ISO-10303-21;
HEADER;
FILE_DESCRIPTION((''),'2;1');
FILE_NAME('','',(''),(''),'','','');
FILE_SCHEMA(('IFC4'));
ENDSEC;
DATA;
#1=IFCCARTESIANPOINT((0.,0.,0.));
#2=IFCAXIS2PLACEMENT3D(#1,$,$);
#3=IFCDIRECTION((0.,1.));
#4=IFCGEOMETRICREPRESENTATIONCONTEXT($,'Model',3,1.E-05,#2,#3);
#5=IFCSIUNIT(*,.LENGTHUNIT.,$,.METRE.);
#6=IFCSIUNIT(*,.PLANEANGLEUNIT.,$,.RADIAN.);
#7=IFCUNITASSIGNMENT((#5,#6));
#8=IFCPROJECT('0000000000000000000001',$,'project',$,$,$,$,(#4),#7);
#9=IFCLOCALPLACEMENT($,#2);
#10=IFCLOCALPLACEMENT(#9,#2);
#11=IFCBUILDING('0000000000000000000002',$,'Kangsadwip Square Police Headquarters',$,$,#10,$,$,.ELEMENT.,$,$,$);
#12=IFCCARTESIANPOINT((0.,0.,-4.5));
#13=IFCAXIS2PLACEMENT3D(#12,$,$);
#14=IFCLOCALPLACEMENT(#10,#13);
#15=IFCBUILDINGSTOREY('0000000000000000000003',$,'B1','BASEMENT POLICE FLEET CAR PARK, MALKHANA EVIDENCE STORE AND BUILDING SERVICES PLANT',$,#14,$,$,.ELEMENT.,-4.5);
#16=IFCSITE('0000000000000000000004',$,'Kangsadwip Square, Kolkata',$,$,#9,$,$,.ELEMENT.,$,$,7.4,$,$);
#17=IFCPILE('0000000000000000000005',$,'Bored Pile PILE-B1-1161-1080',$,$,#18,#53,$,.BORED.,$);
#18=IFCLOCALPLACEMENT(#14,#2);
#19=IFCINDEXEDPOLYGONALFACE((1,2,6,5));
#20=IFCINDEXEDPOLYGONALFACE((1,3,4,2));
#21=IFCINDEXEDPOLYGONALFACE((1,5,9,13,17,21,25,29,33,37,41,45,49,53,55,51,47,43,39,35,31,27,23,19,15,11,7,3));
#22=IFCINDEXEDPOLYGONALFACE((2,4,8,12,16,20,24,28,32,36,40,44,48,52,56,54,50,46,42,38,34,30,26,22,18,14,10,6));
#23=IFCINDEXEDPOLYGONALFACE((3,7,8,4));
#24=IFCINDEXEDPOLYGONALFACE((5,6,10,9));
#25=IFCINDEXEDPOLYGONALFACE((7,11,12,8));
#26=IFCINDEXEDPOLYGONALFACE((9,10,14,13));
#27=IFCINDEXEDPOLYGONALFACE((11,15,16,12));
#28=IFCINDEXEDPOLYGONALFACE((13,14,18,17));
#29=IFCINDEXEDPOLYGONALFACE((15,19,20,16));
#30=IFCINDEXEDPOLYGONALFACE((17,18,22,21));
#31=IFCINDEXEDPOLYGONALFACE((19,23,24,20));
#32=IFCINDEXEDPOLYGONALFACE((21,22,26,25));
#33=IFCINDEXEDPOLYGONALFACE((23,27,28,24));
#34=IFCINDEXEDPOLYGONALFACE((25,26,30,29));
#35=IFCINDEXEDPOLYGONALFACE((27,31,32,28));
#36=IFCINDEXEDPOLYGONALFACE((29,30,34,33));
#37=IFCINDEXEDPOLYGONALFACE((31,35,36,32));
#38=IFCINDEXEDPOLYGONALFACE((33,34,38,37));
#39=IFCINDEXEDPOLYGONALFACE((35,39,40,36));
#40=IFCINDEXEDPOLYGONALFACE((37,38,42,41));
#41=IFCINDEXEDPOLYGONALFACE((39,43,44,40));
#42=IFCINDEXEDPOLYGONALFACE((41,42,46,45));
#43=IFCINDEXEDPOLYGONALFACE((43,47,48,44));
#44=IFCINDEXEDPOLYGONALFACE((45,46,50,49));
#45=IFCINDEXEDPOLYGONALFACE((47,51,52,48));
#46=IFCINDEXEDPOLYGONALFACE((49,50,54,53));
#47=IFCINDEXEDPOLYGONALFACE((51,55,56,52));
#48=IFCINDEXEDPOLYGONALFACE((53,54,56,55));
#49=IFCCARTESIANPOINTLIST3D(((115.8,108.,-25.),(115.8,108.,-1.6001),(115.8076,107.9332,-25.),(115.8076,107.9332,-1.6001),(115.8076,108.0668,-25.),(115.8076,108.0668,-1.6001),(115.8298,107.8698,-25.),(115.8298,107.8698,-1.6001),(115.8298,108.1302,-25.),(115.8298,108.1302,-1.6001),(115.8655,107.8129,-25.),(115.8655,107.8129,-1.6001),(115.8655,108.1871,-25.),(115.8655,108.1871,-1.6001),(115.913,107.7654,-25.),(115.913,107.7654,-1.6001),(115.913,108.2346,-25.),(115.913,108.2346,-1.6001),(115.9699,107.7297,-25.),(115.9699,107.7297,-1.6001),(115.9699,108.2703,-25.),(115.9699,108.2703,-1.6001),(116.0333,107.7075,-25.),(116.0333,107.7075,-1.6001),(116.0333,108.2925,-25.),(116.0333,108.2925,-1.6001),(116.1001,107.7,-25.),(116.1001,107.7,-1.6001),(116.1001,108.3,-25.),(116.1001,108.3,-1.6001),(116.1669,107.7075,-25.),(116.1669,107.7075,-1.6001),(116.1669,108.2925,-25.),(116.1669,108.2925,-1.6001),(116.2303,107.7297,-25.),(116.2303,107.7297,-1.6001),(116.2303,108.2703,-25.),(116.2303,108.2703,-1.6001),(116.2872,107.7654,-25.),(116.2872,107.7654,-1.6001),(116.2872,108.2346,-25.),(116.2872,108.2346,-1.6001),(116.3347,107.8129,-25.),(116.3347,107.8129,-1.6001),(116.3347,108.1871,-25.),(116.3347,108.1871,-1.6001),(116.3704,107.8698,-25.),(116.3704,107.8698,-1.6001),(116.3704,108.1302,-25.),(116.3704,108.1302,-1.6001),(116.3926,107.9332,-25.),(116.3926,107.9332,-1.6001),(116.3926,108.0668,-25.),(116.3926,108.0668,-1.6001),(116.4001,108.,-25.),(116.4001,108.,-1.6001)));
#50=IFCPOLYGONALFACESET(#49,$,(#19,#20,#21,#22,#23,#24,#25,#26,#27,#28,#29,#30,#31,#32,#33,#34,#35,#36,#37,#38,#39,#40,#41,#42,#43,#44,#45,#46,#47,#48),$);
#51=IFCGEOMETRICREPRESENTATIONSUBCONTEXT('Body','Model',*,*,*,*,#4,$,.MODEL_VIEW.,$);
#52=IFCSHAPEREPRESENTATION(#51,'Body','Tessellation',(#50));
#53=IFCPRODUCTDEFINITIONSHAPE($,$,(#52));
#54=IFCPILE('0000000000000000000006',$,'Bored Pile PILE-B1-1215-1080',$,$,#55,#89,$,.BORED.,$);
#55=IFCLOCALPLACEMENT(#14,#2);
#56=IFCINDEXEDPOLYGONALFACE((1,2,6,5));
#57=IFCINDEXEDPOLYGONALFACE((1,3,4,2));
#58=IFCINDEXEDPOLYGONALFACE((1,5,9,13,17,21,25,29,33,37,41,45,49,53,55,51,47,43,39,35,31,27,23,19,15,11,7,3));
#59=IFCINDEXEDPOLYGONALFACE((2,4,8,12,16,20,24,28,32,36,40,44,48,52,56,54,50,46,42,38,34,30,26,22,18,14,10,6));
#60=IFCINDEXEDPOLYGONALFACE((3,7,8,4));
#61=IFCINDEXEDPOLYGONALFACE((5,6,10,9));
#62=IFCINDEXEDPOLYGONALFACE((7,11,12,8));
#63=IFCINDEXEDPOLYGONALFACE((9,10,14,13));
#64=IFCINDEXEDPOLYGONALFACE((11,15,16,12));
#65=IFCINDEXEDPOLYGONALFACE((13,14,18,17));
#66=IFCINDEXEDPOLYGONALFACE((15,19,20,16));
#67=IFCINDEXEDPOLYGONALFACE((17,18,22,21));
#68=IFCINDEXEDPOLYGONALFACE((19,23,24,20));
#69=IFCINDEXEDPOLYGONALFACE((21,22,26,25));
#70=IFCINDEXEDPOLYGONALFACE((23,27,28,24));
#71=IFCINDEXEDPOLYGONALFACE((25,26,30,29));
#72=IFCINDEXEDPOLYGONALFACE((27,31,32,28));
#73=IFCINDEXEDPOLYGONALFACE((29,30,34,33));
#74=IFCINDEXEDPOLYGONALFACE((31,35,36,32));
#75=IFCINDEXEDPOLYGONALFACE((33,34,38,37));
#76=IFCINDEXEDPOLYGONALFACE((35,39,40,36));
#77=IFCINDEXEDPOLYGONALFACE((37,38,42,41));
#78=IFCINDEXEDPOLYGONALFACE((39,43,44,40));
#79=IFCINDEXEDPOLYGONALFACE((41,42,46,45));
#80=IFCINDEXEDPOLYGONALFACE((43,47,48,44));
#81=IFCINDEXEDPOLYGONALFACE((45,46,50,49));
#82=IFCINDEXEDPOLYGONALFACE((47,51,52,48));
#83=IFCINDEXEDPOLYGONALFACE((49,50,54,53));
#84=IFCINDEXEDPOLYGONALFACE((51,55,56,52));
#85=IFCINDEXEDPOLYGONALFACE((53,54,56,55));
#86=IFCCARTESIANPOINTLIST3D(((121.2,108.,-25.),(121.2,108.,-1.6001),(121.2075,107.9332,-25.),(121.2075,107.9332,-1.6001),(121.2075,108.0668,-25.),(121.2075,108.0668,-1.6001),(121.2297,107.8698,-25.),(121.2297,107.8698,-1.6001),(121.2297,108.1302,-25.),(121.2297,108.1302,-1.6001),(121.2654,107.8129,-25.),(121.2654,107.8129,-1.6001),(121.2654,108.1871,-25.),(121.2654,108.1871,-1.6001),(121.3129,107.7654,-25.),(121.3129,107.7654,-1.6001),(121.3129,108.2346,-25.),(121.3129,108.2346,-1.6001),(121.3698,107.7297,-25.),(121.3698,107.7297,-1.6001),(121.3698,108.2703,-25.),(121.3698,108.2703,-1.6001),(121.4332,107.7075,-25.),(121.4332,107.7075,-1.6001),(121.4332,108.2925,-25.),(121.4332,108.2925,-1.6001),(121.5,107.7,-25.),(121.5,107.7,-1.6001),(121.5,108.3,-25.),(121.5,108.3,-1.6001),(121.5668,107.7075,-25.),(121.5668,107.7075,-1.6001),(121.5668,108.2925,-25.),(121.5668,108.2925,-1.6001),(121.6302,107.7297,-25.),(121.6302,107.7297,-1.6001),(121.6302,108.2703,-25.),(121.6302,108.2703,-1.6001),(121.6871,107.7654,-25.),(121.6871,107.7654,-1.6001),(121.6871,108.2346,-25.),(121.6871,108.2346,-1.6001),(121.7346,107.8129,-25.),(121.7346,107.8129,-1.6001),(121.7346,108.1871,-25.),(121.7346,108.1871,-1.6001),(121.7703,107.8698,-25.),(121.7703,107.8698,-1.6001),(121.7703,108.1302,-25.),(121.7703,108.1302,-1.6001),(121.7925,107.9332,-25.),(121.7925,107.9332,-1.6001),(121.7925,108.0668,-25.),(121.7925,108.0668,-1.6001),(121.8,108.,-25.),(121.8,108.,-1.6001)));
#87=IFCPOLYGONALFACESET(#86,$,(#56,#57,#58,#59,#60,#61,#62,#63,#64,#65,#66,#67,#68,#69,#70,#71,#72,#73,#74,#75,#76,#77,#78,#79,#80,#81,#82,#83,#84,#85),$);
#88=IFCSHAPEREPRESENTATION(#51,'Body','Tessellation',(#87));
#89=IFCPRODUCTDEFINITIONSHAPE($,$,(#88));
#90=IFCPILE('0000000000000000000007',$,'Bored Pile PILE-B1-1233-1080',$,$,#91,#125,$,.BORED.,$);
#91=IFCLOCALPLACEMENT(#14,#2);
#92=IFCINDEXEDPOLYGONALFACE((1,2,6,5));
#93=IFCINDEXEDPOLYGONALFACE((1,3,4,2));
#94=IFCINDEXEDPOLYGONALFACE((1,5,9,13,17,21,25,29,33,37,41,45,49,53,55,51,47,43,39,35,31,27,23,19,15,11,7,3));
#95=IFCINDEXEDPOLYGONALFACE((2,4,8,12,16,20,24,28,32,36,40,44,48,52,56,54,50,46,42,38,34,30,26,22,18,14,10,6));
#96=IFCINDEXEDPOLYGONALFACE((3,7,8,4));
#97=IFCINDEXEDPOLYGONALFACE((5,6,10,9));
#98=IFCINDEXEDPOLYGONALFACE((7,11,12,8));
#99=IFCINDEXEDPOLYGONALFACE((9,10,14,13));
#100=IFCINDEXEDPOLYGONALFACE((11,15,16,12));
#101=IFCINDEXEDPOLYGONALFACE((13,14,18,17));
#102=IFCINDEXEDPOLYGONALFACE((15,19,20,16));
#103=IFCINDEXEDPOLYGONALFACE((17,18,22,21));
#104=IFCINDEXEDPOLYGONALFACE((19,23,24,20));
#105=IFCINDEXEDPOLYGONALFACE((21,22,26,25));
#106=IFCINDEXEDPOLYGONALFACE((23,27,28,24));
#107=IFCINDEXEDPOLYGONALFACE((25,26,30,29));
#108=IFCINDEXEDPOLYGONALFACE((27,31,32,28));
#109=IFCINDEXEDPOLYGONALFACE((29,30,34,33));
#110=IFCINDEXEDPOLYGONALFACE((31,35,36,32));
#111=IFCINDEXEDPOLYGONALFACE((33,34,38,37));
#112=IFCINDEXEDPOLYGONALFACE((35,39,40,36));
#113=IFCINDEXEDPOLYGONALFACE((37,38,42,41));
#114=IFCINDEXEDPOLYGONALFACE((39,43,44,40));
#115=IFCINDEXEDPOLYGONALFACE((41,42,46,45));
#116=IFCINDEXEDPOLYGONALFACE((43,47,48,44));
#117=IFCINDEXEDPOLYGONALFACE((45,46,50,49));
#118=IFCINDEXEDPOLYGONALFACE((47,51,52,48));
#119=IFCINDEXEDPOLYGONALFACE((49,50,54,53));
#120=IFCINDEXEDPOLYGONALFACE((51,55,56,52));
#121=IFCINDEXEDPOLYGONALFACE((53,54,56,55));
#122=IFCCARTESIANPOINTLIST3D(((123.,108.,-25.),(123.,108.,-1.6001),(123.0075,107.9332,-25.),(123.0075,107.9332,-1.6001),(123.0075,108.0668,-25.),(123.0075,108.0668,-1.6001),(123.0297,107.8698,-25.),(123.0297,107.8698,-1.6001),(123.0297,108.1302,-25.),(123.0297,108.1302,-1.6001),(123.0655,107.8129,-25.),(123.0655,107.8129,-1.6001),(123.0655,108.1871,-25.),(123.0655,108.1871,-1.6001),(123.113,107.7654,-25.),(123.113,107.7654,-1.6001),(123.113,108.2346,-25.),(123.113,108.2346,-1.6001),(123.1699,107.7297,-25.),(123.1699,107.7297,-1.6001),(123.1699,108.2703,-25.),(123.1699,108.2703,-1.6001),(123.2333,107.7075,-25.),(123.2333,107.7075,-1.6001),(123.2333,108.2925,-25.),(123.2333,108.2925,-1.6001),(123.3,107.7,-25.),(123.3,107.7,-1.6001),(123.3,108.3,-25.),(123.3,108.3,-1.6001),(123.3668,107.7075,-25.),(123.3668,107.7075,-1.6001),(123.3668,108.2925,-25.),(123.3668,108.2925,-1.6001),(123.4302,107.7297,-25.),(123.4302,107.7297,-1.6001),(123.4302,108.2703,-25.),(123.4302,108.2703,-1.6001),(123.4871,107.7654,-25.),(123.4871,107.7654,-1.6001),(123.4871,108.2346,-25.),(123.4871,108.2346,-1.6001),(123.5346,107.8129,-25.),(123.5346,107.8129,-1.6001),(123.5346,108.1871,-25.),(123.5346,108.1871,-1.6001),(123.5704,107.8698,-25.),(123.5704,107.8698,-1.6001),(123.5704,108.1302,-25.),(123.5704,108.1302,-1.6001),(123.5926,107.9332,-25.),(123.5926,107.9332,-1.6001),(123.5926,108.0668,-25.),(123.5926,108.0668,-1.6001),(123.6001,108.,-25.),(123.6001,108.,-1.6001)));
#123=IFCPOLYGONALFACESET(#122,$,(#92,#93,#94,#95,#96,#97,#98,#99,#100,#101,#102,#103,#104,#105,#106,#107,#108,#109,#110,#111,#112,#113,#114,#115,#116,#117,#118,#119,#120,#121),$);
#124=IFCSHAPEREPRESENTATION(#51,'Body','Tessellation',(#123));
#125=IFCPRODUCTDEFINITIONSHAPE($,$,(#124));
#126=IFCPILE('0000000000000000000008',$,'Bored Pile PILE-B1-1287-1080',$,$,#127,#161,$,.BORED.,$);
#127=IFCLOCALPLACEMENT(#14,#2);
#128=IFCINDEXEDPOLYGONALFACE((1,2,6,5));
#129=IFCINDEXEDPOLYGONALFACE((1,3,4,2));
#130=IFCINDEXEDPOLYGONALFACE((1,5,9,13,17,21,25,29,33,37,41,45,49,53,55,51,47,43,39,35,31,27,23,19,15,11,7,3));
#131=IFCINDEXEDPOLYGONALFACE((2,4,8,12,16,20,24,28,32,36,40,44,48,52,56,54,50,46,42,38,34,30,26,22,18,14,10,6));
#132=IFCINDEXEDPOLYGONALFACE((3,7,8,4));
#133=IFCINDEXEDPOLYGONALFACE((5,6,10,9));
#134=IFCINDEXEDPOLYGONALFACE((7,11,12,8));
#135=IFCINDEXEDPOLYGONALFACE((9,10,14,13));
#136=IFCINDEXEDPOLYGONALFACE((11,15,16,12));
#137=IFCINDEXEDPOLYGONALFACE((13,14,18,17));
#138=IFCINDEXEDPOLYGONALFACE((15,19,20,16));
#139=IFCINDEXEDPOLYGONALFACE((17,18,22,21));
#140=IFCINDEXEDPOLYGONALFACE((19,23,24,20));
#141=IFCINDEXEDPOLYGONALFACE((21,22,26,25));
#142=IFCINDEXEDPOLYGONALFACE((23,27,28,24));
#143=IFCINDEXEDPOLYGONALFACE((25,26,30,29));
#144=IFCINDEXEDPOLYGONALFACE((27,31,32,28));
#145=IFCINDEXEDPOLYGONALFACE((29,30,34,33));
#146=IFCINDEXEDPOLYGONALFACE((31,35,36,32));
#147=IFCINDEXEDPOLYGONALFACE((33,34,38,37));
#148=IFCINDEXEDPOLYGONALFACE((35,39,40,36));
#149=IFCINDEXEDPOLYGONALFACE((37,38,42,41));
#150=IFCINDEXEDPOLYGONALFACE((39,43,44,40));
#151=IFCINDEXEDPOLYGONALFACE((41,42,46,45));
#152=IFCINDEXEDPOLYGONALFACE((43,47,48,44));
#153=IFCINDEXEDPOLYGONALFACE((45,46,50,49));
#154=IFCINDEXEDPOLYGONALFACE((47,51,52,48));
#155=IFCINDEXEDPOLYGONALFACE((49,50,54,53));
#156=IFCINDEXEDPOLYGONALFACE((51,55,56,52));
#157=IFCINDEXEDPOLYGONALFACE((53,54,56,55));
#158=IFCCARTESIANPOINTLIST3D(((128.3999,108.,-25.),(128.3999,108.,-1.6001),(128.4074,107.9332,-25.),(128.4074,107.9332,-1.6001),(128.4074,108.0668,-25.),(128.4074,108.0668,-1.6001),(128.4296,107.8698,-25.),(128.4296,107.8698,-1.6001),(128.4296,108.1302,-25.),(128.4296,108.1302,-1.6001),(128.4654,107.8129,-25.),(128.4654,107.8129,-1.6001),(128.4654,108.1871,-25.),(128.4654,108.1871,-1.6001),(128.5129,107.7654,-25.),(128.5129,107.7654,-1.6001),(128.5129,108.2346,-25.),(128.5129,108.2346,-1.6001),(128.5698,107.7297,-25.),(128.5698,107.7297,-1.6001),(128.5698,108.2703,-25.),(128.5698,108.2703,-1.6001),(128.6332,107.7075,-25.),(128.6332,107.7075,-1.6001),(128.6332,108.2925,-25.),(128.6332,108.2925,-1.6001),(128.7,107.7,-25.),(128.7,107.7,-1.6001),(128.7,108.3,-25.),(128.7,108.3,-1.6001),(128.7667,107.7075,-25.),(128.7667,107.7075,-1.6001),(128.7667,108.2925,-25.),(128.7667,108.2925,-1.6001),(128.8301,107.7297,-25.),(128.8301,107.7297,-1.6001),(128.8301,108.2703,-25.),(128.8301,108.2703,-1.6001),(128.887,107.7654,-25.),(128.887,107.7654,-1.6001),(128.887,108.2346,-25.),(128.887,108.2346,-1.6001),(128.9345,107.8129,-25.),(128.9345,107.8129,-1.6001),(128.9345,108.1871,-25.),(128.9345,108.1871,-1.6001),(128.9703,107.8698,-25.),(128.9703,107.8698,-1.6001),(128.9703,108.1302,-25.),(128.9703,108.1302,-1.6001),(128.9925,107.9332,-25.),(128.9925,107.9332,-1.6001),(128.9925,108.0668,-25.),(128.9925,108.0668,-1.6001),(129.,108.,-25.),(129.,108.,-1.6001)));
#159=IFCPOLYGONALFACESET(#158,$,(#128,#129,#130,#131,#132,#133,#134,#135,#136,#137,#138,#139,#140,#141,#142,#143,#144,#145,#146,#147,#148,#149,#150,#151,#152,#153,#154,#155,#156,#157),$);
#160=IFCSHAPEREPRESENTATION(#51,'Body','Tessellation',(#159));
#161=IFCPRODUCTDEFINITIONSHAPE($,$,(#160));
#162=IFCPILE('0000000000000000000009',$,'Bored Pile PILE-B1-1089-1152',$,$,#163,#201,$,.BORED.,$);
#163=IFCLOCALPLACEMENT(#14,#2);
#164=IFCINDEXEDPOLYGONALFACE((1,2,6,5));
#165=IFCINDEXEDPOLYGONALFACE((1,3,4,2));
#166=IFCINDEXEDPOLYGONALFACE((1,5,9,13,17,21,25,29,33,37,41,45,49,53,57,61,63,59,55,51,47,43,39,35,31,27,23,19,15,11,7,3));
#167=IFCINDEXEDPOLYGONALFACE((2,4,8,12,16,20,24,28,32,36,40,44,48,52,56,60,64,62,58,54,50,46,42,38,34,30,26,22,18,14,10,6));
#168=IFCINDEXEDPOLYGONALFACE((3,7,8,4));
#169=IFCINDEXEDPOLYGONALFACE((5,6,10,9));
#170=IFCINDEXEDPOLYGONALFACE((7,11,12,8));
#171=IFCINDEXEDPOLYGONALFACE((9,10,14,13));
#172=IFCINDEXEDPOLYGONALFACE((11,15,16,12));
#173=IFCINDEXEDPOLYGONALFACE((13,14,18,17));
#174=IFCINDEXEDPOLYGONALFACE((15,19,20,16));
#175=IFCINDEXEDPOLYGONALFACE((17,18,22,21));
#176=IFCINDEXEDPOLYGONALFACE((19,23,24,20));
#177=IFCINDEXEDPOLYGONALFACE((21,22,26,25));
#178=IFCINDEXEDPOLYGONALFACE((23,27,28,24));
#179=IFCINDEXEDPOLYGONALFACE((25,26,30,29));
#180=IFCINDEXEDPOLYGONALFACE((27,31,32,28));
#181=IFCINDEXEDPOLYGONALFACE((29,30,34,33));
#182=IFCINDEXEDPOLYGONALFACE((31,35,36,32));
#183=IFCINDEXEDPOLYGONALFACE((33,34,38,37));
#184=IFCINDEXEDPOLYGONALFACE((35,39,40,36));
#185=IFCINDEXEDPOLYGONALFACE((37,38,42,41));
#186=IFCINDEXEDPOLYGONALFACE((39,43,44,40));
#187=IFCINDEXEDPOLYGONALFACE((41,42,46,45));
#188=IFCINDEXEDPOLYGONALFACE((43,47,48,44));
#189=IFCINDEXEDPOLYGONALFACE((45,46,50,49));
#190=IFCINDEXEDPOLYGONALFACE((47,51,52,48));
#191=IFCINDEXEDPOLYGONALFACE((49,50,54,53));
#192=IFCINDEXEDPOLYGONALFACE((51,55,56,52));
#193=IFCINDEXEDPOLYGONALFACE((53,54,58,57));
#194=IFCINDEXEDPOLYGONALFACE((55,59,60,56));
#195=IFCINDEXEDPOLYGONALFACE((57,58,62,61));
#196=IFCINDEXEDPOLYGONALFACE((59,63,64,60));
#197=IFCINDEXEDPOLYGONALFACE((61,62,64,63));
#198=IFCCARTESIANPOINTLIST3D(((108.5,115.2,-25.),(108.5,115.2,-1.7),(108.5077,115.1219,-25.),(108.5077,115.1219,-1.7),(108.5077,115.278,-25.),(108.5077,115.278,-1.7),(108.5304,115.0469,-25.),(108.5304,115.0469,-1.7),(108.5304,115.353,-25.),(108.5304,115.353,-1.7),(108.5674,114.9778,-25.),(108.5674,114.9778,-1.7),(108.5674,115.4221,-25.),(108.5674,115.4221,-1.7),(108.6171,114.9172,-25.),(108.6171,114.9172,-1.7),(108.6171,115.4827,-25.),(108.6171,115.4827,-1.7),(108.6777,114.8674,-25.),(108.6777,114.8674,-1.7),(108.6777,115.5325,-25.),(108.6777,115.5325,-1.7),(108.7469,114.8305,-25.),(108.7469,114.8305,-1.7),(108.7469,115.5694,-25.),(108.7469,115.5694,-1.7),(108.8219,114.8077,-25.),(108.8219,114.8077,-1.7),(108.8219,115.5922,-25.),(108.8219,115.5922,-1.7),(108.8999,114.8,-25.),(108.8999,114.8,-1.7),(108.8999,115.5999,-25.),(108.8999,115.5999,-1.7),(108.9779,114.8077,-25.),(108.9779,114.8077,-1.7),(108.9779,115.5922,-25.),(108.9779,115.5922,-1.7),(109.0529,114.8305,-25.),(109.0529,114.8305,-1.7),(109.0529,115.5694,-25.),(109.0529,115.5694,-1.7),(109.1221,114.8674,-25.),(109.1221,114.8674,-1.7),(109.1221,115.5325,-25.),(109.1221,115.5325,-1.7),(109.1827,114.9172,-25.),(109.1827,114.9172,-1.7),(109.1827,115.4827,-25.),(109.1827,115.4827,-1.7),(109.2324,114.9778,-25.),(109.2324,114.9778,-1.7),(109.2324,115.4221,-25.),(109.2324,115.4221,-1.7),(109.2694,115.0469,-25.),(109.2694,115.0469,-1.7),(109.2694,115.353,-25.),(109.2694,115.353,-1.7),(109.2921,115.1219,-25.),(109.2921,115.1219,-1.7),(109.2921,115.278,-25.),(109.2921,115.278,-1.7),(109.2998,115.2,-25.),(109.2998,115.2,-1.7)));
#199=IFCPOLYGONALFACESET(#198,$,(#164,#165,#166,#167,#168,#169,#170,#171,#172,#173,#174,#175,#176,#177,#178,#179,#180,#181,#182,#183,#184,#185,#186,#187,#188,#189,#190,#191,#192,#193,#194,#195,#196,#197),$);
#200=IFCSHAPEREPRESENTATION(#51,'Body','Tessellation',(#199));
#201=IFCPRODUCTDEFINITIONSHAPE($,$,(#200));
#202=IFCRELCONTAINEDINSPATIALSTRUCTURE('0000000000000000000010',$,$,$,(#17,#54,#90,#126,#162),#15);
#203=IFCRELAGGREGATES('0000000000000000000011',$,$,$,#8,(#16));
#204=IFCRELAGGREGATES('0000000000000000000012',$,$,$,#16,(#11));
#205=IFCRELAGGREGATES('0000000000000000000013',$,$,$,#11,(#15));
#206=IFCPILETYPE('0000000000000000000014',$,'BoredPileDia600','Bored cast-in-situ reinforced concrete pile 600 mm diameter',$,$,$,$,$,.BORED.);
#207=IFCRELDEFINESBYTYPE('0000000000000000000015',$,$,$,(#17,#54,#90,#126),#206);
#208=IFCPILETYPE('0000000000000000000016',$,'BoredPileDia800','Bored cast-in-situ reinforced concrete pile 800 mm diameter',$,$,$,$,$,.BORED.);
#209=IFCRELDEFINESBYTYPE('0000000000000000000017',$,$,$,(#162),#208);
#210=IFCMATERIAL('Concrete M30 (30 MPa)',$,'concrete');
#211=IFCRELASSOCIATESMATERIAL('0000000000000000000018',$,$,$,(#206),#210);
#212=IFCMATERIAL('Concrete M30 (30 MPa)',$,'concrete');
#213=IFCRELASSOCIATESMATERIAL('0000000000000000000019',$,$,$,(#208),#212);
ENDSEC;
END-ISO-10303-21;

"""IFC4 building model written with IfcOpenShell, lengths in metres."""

from ifc_helpers import new_model, si_unit, direction, frame, origin, origin_2d, place, context, subcontext, project, spatial, circle, extrude, material, material_profile, profile_set, type_object, element, save


model = new_model("IFC4")

# Units and contexts
model_context = context("Model", 3, precision=1e-05, world=origin(), true_north=direction((0.0, 1.0)))
body_context = subcontext(model_context, "Body", "Model", "MODEL_VIEW")
ifc_project = project(units=[si_unit("LENGTHUNIT", "METRE"), si_unit("PLANEANGLEUNIT", "RADIAN")], contexts=[model_context])

# Site, building, storey
site_placement = place(None, origin())
site = spatial("IfcSite", under=ifc_project, at=site_placement, Name="Kangsadwip Square, Kolkata", CompositionType="ELEMENT", RefElevation=7.4)
building_placement = place(site_placement, origin())
building = spatial("IfcBuilding", under=site, at=building_placement, Name="Kangsadwip Square Police Headquarters", CompositionType="ELEMENT")
storey_placement = place(building_placement, frame((0.0, 0.0, -4.5)))
storey = spatial("IfcBuildingStorey", under=building, at=storey_placement, Name="B1", Description="BASEMENT POLICE FLEET CAR PARK, MALKHANA EVIDENCE STORE AND BUILDING SERVICES PLANT", CompositionType="ELEMENT", Elevation=-4.5)

# Piles
ifc_material_1 = material(Name="Concrete M30 (30 MPa)", Category="concrete")
ifc_material_profile_1 = material_profile(ifc_material_1, circle(Radius=0.3, at=origin_2d()), Name="PILE DIA 600")
ifc_profile_set_1 = profile_set([ifc_material_profile_1], Name="Concrete M30 (30 MPa)")
pile_type_1 = type_object("IfcPileType", Name="BoredPileDia600", Description="Bored cast-in-situ reinforced concrete pile 600 mm diameter", PredefinedType="BORED", material=ifc_profile_set_1)
for number, where, z_axis, x_axis, name in (
    (1, (116.1001, 108.0, -1.6001), (0.0, 0.0, -1.0), (1.0, 0.0, 0.0), "Bored Pile PILE-B1-1161-1080"),
    (2, (121.5, 108.0, -1.6001), (0.0, 0.0, -1.0), (1.0, 0.0, 0.0), "Bored Pile PILE-B1-1215-1080"),
    (3, (123.3, 108.0, -1.6001), (0.0, 0.0, -1.0), (1.0, 0.0, 0.0), "Bored Pile PILE-B1-1233-1080"),
    (4, (128.7, 108.0, -1.6001), (0.0, 0.0, -1.0), (1.0, 0.0, 0.0), "Bored Pile PILE-B1-1287-1080"),
):
    element("IfcPile", number, at=place(storey_placement, frame(where, z_axis=z_axis, x_axis=x_axis)), inside=storey, type_object=pile_type_1, Name=name, PredefinedType="BORED", context=body_context, shape_type="SweptSolid", body=[
        extrude(circle(Radius=0.3, at=origin_2d()), origin(), (0.0, 0.0, 1.0), 23.3999),
    ])
ifc_material_2 = material(Name="Concrete M30 (30 MPa)", Category="concrete")
ifc_material_profile_2 = material_profile(ifc_material_2, circle(Radius=0.3999, at=origin_2d()), Name="PILE DIA 800")
ifc_profile_set_2 = profile_set([ifc_material_profile_2], Name="Concrete M30 (30 MPa)")
pile_type_2 = type_object("IfcPileType", Name="BoredPileDia800", Description="Bored cast-in-situ reinforced concrete pile 800 mm diameter", PredefinedType="BORED", material=ifc_profile_set_2)
for number, where, z_axis, x_axis, name in (
    (5, (108.8999, 115.2, -1.7), (0.0, 0.0, -1.0), (1.0, 0.0, 0.0), "Bored Pile PILE-B1-1089-1152"),
):
    element("IfcPile", number, at=place(storey_placement, frame(where, z_axis=z_axis, x_axis=x_axis)), inside=storey, type_object=pile_type_2, Name=name, PredefinedType="BORED", context=body_context, shape_type="SweptSolid", body=[
        extrude(circle(Radius=0.3999, at=origin_2d()), origin(), (0.0, 0.0, 1.0), 23.3),
    ])

save(model, "model.ifc")
